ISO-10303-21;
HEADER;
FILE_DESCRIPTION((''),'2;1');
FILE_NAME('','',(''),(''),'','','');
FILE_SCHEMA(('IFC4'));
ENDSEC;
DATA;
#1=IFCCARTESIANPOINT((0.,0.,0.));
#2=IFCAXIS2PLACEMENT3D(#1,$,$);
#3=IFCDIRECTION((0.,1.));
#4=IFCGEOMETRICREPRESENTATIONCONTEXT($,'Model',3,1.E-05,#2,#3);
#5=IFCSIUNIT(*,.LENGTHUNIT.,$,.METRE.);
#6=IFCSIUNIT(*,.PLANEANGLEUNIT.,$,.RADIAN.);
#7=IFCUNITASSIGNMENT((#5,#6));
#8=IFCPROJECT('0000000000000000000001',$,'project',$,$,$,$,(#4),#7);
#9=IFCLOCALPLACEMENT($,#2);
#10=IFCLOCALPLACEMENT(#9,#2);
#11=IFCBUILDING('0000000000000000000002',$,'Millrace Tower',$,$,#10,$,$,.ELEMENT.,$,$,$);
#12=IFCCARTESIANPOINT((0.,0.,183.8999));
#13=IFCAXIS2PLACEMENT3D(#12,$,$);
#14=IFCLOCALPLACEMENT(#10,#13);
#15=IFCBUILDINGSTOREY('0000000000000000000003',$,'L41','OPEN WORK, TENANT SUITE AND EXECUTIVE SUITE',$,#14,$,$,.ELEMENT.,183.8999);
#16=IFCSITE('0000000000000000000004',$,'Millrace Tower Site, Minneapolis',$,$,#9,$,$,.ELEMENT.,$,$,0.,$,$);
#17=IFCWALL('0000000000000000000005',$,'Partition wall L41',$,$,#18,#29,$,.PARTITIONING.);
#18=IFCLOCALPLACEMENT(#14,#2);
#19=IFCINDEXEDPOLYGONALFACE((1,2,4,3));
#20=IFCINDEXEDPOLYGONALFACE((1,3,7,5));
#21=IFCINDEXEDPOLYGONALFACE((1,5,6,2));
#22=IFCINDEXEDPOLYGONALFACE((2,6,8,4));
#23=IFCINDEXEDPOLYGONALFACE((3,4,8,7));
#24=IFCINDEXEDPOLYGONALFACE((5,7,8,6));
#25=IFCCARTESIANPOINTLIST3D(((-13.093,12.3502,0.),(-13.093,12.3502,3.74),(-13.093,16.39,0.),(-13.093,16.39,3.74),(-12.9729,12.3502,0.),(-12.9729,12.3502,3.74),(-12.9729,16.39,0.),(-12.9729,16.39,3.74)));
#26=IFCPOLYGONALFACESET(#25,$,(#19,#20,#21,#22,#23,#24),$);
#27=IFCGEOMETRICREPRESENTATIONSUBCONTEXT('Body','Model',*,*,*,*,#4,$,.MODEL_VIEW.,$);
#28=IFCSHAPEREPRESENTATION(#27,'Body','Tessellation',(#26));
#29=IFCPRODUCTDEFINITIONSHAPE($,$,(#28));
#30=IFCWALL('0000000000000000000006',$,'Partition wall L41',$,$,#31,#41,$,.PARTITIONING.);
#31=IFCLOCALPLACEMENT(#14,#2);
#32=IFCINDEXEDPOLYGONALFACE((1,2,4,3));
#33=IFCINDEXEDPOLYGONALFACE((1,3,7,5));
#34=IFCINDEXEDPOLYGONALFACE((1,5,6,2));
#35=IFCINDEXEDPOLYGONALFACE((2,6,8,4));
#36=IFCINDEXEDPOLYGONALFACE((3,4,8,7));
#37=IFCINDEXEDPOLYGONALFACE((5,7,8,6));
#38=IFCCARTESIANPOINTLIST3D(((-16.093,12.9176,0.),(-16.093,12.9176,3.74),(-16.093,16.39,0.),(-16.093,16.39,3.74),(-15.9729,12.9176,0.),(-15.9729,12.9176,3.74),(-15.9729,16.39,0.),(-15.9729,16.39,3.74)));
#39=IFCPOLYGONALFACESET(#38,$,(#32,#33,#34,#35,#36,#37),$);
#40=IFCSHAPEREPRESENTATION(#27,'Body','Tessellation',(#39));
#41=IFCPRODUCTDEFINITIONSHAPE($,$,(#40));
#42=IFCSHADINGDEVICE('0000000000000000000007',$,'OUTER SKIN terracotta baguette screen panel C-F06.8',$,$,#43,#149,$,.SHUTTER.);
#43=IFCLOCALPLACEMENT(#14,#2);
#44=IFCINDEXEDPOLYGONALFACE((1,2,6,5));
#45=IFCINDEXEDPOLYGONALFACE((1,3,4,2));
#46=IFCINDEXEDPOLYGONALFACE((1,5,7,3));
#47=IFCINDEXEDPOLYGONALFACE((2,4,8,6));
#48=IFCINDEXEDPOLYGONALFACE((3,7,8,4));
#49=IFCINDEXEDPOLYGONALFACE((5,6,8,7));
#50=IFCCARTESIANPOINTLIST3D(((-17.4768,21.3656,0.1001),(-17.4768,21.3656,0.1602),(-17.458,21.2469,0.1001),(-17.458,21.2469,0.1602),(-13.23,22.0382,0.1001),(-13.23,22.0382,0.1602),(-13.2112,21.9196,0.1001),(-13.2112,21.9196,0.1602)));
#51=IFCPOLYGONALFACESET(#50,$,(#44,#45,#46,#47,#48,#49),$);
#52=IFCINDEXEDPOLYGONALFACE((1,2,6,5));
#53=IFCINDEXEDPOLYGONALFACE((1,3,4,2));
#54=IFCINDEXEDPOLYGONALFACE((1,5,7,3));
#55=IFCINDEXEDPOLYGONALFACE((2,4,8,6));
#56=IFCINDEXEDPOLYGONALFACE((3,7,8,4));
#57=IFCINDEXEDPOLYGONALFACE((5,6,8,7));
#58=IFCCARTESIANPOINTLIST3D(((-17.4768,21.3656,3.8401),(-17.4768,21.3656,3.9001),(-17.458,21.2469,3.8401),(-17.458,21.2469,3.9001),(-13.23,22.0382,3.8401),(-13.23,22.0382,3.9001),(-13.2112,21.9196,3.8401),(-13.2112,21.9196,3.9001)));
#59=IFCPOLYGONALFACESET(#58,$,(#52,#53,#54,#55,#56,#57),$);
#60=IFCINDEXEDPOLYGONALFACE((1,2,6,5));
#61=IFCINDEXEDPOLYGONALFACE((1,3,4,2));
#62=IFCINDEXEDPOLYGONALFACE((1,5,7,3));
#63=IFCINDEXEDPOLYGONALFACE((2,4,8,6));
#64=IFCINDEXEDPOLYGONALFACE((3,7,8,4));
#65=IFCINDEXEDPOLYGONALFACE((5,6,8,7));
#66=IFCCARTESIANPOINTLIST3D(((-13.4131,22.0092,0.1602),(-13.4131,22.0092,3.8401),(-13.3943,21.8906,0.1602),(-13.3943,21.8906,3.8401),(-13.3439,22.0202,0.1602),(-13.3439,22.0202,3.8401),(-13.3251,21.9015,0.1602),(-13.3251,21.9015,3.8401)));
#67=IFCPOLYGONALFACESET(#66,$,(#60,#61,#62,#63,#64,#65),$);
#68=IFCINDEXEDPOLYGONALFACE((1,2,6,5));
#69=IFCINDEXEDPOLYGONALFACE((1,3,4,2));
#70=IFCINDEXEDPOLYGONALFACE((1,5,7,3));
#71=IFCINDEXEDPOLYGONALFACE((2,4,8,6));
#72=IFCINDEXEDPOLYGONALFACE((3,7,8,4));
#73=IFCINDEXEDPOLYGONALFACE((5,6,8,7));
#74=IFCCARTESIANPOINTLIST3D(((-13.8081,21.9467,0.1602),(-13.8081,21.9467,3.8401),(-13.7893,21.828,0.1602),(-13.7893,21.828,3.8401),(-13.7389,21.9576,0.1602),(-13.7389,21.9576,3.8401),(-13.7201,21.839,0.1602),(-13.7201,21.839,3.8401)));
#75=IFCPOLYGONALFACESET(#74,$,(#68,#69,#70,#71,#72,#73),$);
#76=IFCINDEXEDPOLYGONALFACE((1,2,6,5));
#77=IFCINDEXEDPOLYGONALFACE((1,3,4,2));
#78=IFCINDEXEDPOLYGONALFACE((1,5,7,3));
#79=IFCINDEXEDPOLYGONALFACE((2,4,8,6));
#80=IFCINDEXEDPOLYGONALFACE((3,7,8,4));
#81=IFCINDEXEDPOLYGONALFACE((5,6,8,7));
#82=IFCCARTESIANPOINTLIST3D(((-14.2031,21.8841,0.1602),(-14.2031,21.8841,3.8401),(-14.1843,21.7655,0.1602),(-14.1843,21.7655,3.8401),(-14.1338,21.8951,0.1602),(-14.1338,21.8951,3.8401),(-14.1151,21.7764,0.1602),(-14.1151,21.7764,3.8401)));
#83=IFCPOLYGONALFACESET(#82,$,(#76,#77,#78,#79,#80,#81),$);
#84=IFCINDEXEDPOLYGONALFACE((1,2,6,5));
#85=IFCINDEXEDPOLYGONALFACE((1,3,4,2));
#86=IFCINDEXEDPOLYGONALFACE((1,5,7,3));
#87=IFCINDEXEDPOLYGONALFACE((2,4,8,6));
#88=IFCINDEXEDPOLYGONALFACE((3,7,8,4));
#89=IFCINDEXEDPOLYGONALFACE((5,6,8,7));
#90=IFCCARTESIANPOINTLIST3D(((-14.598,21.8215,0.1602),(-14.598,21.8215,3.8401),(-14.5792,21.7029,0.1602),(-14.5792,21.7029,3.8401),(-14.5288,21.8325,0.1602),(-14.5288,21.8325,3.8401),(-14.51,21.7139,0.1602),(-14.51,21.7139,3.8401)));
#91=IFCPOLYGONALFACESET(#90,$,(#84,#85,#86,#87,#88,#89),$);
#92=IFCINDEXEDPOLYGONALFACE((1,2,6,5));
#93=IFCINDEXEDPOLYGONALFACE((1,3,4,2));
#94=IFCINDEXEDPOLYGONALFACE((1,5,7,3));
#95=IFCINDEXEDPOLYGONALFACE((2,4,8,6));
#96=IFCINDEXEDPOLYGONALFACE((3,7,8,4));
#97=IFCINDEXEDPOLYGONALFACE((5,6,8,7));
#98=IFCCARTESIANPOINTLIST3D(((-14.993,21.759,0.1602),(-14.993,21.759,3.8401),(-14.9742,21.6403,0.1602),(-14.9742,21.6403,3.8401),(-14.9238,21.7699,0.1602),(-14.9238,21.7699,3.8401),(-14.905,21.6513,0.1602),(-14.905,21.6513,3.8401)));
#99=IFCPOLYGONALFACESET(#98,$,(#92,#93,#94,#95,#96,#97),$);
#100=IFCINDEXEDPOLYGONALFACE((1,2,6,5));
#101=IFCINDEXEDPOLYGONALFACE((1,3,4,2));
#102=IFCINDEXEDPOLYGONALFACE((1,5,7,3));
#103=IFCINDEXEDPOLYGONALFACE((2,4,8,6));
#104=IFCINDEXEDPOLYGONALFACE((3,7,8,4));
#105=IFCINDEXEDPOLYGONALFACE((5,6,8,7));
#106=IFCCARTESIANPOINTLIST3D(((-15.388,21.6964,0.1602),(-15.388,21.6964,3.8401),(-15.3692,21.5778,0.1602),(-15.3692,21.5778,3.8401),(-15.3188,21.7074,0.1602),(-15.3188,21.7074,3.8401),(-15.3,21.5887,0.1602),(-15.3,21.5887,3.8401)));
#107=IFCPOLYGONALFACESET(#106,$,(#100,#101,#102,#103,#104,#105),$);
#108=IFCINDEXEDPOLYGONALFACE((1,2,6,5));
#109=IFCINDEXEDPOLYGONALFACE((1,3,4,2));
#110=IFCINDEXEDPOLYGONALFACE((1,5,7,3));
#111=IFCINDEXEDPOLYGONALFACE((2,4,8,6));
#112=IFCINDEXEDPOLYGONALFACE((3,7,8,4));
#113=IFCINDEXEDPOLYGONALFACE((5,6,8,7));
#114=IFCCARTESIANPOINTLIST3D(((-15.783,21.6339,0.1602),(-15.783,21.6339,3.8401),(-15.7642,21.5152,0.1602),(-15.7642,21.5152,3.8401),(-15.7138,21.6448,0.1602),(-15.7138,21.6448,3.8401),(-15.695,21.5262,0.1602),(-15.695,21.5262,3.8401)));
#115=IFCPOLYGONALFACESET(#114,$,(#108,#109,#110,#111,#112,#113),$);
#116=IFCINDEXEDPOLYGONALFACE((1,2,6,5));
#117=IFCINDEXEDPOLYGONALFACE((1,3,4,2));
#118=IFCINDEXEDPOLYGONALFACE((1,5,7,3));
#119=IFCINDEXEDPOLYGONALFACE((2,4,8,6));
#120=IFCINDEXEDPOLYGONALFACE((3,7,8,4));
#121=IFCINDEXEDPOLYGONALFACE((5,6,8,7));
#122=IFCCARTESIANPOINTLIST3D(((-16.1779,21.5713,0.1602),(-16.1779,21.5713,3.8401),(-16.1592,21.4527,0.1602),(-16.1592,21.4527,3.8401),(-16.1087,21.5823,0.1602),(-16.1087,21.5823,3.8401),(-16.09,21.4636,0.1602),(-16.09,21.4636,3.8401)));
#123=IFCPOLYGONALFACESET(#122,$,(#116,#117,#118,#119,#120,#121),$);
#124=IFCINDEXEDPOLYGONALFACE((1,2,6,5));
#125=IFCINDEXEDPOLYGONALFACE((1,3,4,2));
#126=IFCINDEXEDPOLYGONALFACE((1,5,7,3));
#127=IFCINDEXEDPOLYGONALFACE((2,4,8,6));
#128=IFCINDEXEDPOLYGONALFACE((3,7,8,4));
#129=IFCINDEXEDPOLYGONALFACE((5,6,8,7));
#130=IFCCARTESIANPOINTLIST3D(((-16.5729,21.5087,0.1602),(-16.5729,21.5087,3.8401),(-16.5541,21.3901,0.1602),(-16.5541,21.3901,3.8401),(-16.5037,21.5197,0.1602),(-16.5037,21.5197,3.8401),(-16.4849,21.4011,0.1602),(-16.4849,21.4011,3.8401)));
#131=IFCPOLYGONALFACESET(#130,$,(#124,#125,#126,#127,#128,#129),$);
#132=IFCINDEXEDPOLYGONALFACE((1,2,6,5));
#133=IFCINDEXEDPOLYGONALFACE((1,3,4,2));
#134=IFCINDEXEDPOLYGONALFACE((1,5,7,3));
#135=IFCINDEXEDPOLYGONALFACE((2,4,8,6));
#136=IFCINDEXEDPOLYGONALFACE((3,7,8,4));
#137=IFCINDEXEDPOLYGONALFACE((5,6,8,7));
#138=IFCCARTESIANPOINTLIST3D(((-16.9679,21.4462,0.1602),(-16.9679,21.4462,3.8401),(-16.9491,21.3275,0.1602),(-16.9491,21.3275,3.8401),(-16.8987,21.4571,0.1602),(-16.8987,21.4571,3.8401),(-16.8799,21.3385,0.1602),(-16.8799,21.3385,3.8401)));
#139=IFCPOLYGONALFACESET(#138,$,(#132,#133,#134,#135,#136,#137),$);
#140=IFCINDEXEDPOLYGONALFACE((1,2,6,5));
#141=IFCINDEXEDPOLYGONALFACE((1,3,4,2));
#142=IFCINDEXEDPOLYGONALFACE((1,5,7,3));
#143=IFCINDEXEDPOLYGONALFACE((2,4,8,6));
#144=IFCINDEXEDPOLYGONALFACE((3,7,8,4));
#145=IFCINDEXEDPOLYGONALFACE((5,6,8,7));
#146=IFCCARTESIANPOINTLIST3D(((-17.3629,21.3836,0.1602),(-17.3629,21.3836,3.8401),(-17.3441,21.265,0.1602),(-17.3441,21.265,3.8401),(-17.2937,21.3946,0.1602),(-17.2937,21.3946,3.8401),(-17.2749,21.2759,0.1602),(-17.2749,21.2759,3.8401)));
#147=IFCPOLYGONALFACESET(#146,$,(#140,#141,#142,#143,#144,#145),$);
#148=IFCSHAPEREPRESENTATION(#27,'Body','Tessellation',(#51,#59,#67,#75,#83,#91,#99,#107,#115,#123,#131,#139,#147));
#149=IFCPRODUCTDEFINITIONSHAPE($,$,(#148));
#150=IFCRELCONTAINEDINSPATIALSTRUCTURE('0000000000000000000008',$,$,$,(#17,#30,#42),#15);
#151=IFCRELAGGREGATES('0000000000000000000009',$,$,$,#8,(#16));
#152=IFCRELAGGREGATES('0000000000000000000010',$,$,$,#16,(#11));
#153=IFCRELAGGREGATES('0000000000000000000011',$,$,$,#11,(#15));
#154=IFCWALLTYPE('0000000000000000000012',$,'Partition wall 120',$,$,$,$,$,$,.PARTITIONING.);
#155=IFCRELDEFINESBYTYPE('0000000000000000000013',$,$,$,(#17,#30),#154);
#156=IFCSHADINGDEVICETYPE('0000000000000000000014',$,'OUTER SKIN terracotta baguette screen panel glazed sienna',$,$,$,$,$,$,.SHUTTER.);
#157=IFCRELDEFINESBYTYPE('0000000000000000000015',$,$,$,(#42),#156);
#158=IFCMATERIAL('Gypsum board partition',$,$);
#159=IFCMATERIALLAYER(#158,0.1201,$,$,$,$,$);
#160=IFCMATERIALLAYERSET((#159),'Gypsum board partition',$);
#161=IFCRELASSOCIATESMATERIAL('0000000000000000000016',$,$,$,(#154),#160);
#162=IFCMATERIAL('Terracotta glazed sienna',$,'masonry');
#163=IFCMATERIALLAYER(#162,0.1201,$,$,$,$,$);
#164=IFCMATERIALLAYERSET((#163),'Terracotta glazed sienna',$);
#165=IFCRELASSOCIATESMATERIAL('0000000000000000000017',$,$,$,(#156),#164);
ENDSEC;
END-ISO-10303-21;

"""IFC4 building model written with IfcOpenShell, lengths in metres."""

from ifc_helpers import new_model, entity, si_unit, direction, frame, frame_2d, origin, origin_2d, place, context, subcontext, project, spatial, rectangle, extrude, source, transform, mapped, material, layer, layer_set, type_object, element, save


model = new_model("IFC4")

# Units and contexts
model_context = context("Model", 3, precision=1e-05, world=origin(), true_north=direction((0.0, 1.0)))
body_context = subcontext(model_context, "Body", "Model", "MODEL_VIEW")
ifc_project = project(units=[si_unit("LENGTHUNIT", "METRE"), si_unit("PLANEANGLEUNIT", "RADIAN")], contexts=[model_context])

# Site, building, storey
site_placement = place(None, origin())
site = spatial("IfcSite", under=ifc_project, at=site_placement, Name="Millrace Tower Site, Minneapolis", CompositionType="ELEMENT", RefElevation=0.0)
building_placement = place(site_placement, origin())
building = spatial("IfcBuilding", under=site, at=building_placement, Name="Millrace Tower", CompositionType="ELEMENT")
storey_placement = place(building_placement, frame((0.0, 0.0, 183.8999)))
storey = spatial("IfcBuildingStorey", under=building, at=storey_placement, Name="L41", Description="OPEN WORK, TENANT SUITE AND EXECUTIVE SUITE", CompositionType="ELEMENT", Elevation=183.8999)

# Walls
ifc_material_1 = material(Name="Gypsum board partition")
ifc_layer_1 = layer(ifc_material_1, 0.1201)
ifc_layer_set_1 = layer_set([ifc_layer_1], Name="Gypsum board partition")
wall_type = type_object("IfcWallType", Name="Partition wall 120", PredefinedType="PARTITIONING", material=ifc_layer_set_1)
wall_1_placement = place(storey_placement, frame((-13.033, 12.3501, 0.0), z_axis=(0.0, 0.0, 1.0), x_axis=(0.0, 1.0, 0.0)))
element("IfcWall", 1, at=wall_1_placement, inside=storey, type_object=wall_type, Name="Partition wall L41", PredefinedType="PARTITIONING", context=body_context, shape_type="SweptSolid", body=[
    extrude(rectangle(XDim=4.0398, YDim=0.1201, at=frame_2d((2.02, 0.0))), origin(), (0.0, 0.0, 1.0), 3.74),
])
wall_2_placement = place(storey_placement, frame((-16.033, 12.9175, 0.0), z_axis=(0.0, 0.0, 1.0), x_axis=(0.0, 1.0, 0.0)))
element("IfcWall", 2, at=wall_2_placement, inside=storey, type_object=wall_type, Name="Partition wall L41", PredefinedType="PARTITIONING", context=body_context, shape_type="SweptSolid", body=[
    extrude(rectangle(XDim=3.4724, YDim=0.1201, at=frame_2d((1.7363, 0.0))), origin(), (0.0, 0.0, 1.0), 3.74),
])

# Shading device
ifc_material_2 = material(Name="Terracotta glazed sienna", Category="masonry")
ifc_layer_2 = layer(ifc_material_2, 0.1201)
ifc_layer_set_2 = layer_set([ifc_layer_2], Name="Terracotta glazed sienna")
shading_device_type = type_object("IfcShadingDeviceType", Name="OUTER SKIN terracotta baguette screen panel glazed sienna", PredefinedType="SHUTTER", material=ifc_layer_set_2)
cartesian_point_1 = entity("IfcCartesianPoint", [-2.1499, 0.0601])
shared_polyline_1 = entity("IfcPolyline", [cartesian_point_1, entity("IfcCartesianPoint", [2.1499, 0.0601]), entity("IfcCartesianPoint", [2.1499, -0.0601]), entity("IfcCartesianPoint", [-2.1499, -0.0601]), cartesian_point_1])
shared_shape_1 = source(origin(), body_context, "Body", "SweptSolid", [
    entity("IfcExtrudedAreaSolid", entity("IfcArbitraryClosedProfileDef", "AREA", None, shared_polyline_1), entity("IfcAxis2Placement3D", entity("IfcCartesianPoint", [0.0, 0.0, 0.0])), entity("IfcDirection", [0.0, 0.0, 1.0]), 0.0601),
    entity("IfcExtrudedAreaSolid", entity("IfcArbitraryClosedProfileDef", "AREA", None, shared_polyline_1), entity("IfcAxis2Placement3D", entity("IfcCartesianPoint", [0.0, 0.0, 3.74])), entity("IfcDirection", [0.0, 0.0, 1.0]), 0.0601),
    extrude(rectangle(XDim=0.0701, YDim=0.1201, at=frame_2d((-1.9995, 0.0))), frame((0.0, 0.0, 0.0601)), (0.0, 0.0, 1.0), 3.6799),
    extrude(rectangle(XDim=0.0701, YDim=0.1201, at=frame_2d((-1.5996, 0.0))), frame((0.0, 0.0, 0.0601)), (0.0, 0.0, 1.0), 3.6799),
    extrude(rectangle(XDim=0.0701, YDim=0.1201, at=frame_2d((-1.1997, 0.0))), frame((0.0, 0.0, 0.0601)), (0.0, 0.0, 1.0), 3.6799),
    extrude(rectangle(XDim=0.0701, YDim=0.1201, at=frame_2d((-0.7998, 0.0))), frame((0.0, 0.0, 0.0601)), (0.0, 0.0, 1.0), 3.6799),
    extrude(rectangle(XDim=0.0701, YDim=0.1201, at=frame_2d((-0.3999, 0.0))), frame((0.0, 0.0, 0.0601)), (0.0, 0.0, 1.0), 3.6799),
    extrude(rectangle(XDim=0.0701, YDim=0.1201, at=origin_2d()), frame((0.0, 0.0, 0.0601)), (0.0, 0.0, 1.0), 3.6799),
    extrude(rectangle(XDim=0.0701, YDim=0.1201, at=frame_2d((0.3999, 0.0))), frame((0.0, 0.0, 0.0601)), (0.0, 0.0, 1.0), 3.6799),
    extrude(rectangle(XDim=0.0701, YDim=0.1201, at=frame_2d((0.7998, 0.0))), frame((0.0, 0.0, 0.0601)), (0.0, 0.0, 1.0), 3.6799),
    extrude(rectangle(XDim=0.0701, YDim=0.1201, at=frame_2d((1.1997, 0.0))), frame((0.0, 0.0, 0.0601)), (0.0, 0.0, 1.0), 3.6799),
    extrude(rectangle(XDim=0.0701, YDim=0.1201, at=frame_2d((1.5996, 0.0))), frame((0.0, 0.0, 0.0601)), (0.0, 0.0, 1.0), 3.6799),
    extrude(rectangle(XDim=0.0701, YDim=0.1201, at=frame_2d((1.9995, 0.0))), frame((0.0, 0.0, 0.0601)), (0.0, 0.0, 1.0), 3.6799),
])
shading_device_1_placement = place(storey_placement, frame((-15.344, 21.6426, 0.1001), z_axis=(0.0, 0.0, 1.0), x_axis=(-0.987688, -0.156434, 0.0)))
element("IfcShadingDevice", 3, at=shading_device_1_placement, inside=storey, type_object=shading_device_type, Name="OUTER SKIN terracotta baguette screen panel C-F06.8", PredefinedType="SHUTTER", context=body_context, shape_type="MappedRepresentation", body=[
    mapped(shared_shape_1, transform((0.0, 0.0, 0.0), scale=1.0)),
])

save(model, "model.ifc")
